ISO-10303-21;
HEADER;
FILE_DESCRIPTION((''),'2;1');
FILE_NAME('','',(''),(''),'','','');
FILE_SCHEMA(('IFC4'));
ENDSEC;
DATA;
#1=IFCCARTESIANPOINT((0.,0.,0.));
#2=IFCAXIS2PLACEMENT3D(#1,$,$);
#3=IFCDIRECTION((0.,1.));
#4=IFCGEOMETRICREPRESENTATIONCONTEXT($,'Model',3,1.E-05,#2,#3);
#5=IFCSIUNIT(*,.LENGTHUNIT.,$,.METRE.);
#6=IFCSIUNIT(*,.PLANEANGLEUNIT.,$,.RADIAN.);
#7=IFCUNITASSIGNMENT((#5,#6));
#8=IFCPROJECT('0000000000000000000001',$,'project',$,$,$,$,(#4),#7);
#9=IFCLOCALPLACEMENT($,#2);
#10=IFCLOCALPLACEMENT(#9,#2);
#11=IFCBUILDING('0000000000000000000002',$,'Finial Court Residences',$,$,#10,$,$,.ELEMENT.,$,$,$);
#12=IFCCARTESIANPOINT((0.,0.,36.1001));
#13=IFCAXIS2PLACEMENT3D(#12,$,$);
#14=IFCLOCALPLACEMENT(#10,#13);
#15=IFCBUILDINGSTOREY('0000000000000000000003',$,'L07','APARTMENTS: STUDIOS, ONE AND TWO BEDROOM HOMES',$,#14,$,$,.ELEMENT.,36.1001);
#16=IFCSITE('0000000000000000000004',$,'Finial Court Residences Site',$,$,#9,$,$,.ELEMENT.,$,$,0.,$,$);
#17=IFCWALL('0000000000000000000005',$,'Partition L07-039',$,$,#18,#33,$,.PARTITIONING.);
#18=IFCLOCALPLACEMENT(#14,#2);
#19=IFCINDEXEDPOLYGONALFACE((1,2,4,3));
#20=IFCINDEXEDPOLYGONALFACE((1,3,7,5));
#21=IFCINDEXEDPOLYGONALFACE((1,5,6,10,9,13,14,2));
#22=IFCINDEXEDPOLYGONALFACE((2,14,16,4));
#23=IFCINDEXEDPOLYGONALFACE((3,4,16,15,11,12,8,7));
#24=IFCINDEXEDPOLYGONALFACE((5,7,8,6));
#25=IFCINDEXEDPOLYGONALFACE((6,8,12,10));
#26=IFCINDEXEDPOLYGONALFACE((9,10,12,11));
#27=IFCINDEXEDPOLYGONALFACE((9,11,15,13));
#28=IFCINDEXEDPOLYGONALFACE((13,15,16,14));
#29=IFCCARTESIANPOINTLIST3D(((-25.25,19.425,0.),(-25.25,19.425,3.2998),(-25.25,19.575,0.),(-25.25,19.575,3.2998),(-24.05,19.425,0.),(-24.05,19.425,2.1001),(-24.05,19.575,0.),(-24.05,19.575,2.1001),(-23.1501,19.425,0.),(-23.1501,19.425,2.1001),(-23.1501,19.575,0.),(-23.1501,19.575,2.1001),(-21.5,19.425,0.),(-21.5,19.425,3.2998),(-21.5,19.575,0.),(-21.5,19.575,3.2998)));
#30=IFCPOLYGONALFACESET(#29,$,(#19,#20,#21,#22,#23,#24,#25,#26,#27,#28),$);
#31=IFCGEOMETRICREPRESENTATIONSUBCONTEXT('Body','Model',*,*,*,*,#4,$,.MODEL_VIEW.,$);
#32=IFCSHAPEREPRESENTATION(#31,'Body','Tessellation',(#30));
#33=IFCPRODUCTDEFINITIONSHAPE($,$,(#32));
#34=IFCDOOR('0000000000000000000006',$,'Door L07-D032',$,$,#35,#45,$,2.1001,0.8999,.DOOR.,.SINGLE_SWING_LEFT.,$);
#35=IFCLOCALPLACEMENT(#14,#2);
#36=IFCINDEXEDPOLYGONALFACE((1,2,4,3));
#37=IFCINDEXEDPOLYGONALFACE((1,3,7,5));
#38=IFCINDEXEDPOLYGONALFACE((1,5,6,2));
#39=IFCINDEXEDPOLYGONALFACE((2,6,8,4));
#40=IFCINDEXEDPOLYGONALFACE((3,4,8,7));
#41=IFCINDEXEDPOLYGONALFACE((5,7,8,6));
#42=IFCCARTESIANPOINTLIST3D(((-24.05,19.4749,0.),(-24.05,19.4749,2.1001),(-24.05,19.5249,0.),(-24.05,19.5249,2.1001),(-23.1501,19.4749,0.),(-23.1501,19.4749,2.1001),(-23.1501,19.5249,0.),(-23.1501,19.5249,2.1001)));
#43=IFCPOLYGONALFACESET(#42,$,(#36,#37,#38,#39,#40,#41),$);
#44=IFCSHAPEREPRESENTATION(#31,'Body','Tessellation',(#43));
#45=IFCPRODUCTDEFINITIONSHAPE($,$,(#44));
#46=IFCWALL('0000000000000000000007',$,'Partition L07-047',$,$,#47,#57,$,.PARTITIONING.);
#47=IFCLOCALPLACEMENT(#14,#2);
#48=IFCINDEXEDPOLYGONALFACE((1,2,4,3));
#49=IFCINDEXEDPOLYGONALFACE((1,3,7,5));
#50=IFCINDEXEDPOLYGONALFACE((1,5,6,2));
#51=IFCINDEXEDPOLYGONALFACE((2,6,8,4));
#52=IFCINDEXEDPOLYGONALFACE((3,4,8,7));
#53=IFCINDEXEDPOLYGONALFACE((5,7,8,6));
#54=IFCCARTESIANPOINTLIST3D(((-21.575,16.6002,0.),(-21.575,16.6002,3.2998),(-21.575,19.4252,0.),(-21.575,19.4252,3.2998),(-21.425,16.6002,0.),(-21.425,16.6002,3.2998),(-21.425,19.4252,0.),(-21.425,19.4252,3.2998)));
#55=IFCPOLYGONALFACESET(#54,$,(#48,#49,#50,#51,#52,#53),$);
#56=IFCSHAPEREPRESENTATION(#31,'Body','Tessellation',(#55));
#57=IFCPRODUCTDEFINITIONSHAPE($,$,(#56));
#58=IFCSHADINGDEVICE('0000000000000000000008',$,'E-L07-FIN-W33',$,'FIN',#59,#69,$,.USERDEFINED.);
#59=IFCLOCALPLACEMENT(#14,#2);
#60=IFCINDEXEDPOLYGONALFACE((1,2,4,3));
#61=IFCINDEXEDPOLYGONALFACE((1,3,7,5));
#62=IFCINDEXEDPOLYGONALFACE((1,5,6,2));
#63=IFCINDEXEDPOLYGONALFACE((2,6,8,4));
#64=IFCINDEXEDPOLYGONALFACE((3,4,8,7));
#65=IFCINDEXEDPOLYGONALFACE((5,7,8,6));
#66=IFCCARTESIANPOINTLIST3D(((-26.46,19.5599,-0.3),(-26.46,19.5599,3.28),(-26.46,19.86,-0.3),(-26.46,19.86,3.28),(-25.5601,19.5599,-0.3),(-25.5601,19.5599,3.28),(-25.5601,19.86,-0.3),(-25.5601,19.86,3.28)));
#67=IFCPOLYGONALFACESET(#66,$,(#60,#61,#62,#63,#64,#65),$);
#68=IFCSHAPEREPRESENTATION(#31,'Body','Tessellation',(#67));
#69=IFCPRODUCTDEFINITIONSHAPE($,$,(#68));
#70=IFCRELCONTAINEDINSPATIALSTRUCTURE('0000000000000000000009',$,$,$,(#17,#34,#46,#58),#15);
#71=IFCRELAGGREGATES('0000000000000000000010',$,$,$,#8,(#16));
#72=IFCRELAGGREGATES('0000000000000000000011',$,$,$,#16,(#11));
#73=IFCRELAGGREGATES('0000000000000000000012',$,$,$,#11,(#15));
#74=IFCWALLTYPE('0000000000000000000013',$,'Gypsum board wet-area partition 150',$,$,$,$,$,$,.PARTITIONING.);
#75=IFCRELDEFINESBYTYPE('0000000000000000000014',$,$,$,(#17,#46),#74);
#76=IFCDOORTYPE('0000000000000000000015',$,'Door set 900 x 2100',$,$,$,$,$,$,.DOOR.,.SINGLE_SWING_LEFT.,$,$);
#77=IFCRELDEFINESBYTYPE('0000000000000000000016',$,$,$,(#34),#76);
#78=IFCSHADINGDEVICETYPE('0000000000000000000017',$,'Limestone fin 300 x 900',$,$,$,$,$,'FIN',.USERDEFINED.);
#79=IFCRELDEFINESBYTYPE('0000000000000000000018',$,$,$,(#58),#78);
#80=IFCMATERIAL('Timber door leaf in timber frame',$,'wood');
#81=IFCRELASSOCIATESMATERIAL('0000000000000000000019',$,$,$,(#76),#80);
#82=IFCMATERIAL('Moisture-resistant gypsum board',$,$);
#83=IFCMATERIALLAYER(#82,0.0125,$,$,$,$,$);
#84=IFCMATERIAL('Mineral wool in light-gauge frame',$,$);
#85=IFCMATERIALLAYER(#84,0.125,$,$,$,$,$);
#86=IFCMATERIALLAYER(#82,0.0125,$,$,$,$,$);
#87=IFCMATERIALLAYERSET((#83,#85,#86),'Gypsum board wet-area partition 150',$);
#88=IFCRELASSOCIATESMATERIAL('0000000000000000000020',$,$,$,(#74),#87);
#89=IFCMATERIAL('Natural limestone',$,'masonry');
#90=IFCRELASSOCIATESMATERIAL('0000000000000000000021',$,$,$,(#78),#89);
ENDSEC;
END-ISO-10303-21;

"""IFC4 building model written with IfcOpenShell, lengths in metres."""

from ifc_helpers import new_model, si_unit, direction, frame, frame_2d, origin, origin_2d, place, context, subcontext, project, spatial, rectangle, extrude, material, layer, layer_set, type_object, element, fill, save


model = new_model("IFC4")

# Units and contexts
model_context = context("Model", 3, precision=1e-05, world=origin(), true_north=direction((0.0, 1.0)))
body_context = subcontext(model_context, "Body", "Model", "MODEL_VIEW")
ifc_project = project(units=[si_unit("LENGTHUNIT", "METRE"), si_unit("PLANEANGLEUNIT", "RADIAN")], contexts=[model_context])

# Site, building, storey
site_placement = place(None, origin())
site = spatial("IfcSite", under=ifc_project, at=site_placement, Name="Finial Court Residences Site", CompositionType="ELEMENT", RefElevation=0.0)
building_placement = place(site_placement, origin())
building = spatial("IfcBuilding", under=site, at=building_placement, Name="Finial Court Residences", CompositionType="ELEMENT")
storey_placement = place(building_placement, frame((0.0, 0.0, 36.1001)))
storey = spatial("IfcBuildingStorey", under=building, at=storey_placement, Name="L07", Description="APARTMENTS: STUDIOS, ONE AND TWO BEDROOM HOMES", CompositionType="ELEMENT", Elevation=36.1001)

# Wall, opening, door
ifc_material_1 = material(Name="Mineral wool in light-gauge frame")
ifc_material_2 = material(Name="Timber door leaf in timber frame", Category="wood")
door_type_1 = type_object("IfcDoorType", Name="Door set 900 x 2100", OperationType="SINGLE_SWING_LEFT", PredefinedType="DOOR", material=ifc_material_2)
ifc_material_3 = material(Name="Moisture-resistant gypsum board")
ifc_layer_1 = layer(ifc_material_3, 0.0125)
ifc_layer_2 = layer(ifc_material_1, 0.125)
ifc_layer_3 = layer(ifc_material_3, 0.0125)
ifc_layer_set_1 = layer_set([ifc_layer_1, ifc_layer_2, ifc_layer_3], Name="Gypsum board wet-area partition 150")
wall_type_1 = type_object("IfcWallType", Name="Gypsum board wet-area partition 150", PredefinedType="PARTITIONING", material=ifc_layer_set_1)
wall_1_placement = place(storey_placement, frame((-25.25, 19.5, 0.0), z_axis=(0.0, 0.0, 1.0), x_axis=(1.0, 0.0, 0.0)))
wall_1 = element("IfcWall", 1, at=wall_1_placement, inside=storey, type_object=wall_type_1, Name="Partition L07-039", PredefinedType="PARTITIONING", context=body_context, shape_type="SweptSolid", body=[
    extrude(rectangle(XDim=3.75, YDim=0.1499, at=frame_2d((1.875, 0.0))), origin(), (0.0, 0.0, 1.0), 3.2998),
])
opening_1_placement = place(wall_1_placement, frame((1.2, 0.0, 0.0)))
opening_1 = element("IfcOpeningElement", 2, at=opening_1_placement, cuts=wall_1, PredefinedType="OPENING", context=body_context, shape_type="SweptSolid", body=[
    extrude(rectangle(XDim=0.8999, YDim=2.1001, at=frame_2d((0.45, 1.05))), frame((0.0, 0.085, 0.0), z_axis=(0.0, -1.0, 0.0), x_axis=(1.0, 0.0, 0.0)), (0.0, 0.0, 1.0), 0.1699),
])
door_1_placement = place(opening_1_placement, origin())
door_1 = element("IfcDoor", 3, at=door_1_placement, inside=storey, type_object=door_type_1, Name="Door L07-D032", OperationType="SINGLE_SWING_LEFT", OverallHeight=2.1001, OverallWidth=0.8999, PredefinedType="DOOR", context=body_context, shape_type="SweptSolid", body=[
    extrude(rectangle(XDim=0.8999, YDim=2.1001, at=frame_2d((0.45, 1.05))), frame((0.0, 0.0249, 0.0), z_axis=(0.0, -1.0, 0.0), x_axis=(1.0, 0.0, 0.0)), (0.0, 0.0, 1.0), 0.05),
])
fill(opening_1, door_1)

# Wall
wall_2_placement = place(storey_placement, frame((-21.5, 16.6001, 0.0), z_axis=(0.0, 0.0, 1.0), x_axis=(0.0, 1.0, 0.0)))
element("IfcWall", 4, at=wall_2_placement, inside=storey, type_object=wall_type_1, Name="Partition L07-047", PredefinedType="PARTITIONING", context=body_context, shape_type="SweptSolid", body=[
    extrude(rectangle(XDim=2.825, YDim=0.1499, at=frame_2d((1.4126, 0.0))), origin(), (0.0, 0.0, 1.0), 3.2998),
])

# Shading device
ifc_material_4 = material(Name="Natural limestone", Category="masonry")
shading_device_type = type_object("IfcShadingDeviceType", Name="Limestone fin 300 x 900", ElementType="FIN", PredefinedType="USERDEFINED", material=ifc_material_4)
shading_device_placement = place(storey_placement, frame((-26.01, 19.71, -0.3), z_axis=(0.0, 0.0, 1.0), x_axis=(1.0, 0.0, 0.0)))
element("IfcShadingDevice", 5, at=shading_device_placement, inside=storey, type_object=shading_device_type, Name="E-L07-FIN-W33", ObjectType="FIN", PredefinedType="USERDEFINED", context=body_context, shape_type="SweptSolid", body=[
    extrude(rectangle(XDim=0.8999, YDim=0.3, at=origin_2d()), origin(), (0.0, 0.0, 1.0), 3.5801),
])

save(model, "model.ifc")
